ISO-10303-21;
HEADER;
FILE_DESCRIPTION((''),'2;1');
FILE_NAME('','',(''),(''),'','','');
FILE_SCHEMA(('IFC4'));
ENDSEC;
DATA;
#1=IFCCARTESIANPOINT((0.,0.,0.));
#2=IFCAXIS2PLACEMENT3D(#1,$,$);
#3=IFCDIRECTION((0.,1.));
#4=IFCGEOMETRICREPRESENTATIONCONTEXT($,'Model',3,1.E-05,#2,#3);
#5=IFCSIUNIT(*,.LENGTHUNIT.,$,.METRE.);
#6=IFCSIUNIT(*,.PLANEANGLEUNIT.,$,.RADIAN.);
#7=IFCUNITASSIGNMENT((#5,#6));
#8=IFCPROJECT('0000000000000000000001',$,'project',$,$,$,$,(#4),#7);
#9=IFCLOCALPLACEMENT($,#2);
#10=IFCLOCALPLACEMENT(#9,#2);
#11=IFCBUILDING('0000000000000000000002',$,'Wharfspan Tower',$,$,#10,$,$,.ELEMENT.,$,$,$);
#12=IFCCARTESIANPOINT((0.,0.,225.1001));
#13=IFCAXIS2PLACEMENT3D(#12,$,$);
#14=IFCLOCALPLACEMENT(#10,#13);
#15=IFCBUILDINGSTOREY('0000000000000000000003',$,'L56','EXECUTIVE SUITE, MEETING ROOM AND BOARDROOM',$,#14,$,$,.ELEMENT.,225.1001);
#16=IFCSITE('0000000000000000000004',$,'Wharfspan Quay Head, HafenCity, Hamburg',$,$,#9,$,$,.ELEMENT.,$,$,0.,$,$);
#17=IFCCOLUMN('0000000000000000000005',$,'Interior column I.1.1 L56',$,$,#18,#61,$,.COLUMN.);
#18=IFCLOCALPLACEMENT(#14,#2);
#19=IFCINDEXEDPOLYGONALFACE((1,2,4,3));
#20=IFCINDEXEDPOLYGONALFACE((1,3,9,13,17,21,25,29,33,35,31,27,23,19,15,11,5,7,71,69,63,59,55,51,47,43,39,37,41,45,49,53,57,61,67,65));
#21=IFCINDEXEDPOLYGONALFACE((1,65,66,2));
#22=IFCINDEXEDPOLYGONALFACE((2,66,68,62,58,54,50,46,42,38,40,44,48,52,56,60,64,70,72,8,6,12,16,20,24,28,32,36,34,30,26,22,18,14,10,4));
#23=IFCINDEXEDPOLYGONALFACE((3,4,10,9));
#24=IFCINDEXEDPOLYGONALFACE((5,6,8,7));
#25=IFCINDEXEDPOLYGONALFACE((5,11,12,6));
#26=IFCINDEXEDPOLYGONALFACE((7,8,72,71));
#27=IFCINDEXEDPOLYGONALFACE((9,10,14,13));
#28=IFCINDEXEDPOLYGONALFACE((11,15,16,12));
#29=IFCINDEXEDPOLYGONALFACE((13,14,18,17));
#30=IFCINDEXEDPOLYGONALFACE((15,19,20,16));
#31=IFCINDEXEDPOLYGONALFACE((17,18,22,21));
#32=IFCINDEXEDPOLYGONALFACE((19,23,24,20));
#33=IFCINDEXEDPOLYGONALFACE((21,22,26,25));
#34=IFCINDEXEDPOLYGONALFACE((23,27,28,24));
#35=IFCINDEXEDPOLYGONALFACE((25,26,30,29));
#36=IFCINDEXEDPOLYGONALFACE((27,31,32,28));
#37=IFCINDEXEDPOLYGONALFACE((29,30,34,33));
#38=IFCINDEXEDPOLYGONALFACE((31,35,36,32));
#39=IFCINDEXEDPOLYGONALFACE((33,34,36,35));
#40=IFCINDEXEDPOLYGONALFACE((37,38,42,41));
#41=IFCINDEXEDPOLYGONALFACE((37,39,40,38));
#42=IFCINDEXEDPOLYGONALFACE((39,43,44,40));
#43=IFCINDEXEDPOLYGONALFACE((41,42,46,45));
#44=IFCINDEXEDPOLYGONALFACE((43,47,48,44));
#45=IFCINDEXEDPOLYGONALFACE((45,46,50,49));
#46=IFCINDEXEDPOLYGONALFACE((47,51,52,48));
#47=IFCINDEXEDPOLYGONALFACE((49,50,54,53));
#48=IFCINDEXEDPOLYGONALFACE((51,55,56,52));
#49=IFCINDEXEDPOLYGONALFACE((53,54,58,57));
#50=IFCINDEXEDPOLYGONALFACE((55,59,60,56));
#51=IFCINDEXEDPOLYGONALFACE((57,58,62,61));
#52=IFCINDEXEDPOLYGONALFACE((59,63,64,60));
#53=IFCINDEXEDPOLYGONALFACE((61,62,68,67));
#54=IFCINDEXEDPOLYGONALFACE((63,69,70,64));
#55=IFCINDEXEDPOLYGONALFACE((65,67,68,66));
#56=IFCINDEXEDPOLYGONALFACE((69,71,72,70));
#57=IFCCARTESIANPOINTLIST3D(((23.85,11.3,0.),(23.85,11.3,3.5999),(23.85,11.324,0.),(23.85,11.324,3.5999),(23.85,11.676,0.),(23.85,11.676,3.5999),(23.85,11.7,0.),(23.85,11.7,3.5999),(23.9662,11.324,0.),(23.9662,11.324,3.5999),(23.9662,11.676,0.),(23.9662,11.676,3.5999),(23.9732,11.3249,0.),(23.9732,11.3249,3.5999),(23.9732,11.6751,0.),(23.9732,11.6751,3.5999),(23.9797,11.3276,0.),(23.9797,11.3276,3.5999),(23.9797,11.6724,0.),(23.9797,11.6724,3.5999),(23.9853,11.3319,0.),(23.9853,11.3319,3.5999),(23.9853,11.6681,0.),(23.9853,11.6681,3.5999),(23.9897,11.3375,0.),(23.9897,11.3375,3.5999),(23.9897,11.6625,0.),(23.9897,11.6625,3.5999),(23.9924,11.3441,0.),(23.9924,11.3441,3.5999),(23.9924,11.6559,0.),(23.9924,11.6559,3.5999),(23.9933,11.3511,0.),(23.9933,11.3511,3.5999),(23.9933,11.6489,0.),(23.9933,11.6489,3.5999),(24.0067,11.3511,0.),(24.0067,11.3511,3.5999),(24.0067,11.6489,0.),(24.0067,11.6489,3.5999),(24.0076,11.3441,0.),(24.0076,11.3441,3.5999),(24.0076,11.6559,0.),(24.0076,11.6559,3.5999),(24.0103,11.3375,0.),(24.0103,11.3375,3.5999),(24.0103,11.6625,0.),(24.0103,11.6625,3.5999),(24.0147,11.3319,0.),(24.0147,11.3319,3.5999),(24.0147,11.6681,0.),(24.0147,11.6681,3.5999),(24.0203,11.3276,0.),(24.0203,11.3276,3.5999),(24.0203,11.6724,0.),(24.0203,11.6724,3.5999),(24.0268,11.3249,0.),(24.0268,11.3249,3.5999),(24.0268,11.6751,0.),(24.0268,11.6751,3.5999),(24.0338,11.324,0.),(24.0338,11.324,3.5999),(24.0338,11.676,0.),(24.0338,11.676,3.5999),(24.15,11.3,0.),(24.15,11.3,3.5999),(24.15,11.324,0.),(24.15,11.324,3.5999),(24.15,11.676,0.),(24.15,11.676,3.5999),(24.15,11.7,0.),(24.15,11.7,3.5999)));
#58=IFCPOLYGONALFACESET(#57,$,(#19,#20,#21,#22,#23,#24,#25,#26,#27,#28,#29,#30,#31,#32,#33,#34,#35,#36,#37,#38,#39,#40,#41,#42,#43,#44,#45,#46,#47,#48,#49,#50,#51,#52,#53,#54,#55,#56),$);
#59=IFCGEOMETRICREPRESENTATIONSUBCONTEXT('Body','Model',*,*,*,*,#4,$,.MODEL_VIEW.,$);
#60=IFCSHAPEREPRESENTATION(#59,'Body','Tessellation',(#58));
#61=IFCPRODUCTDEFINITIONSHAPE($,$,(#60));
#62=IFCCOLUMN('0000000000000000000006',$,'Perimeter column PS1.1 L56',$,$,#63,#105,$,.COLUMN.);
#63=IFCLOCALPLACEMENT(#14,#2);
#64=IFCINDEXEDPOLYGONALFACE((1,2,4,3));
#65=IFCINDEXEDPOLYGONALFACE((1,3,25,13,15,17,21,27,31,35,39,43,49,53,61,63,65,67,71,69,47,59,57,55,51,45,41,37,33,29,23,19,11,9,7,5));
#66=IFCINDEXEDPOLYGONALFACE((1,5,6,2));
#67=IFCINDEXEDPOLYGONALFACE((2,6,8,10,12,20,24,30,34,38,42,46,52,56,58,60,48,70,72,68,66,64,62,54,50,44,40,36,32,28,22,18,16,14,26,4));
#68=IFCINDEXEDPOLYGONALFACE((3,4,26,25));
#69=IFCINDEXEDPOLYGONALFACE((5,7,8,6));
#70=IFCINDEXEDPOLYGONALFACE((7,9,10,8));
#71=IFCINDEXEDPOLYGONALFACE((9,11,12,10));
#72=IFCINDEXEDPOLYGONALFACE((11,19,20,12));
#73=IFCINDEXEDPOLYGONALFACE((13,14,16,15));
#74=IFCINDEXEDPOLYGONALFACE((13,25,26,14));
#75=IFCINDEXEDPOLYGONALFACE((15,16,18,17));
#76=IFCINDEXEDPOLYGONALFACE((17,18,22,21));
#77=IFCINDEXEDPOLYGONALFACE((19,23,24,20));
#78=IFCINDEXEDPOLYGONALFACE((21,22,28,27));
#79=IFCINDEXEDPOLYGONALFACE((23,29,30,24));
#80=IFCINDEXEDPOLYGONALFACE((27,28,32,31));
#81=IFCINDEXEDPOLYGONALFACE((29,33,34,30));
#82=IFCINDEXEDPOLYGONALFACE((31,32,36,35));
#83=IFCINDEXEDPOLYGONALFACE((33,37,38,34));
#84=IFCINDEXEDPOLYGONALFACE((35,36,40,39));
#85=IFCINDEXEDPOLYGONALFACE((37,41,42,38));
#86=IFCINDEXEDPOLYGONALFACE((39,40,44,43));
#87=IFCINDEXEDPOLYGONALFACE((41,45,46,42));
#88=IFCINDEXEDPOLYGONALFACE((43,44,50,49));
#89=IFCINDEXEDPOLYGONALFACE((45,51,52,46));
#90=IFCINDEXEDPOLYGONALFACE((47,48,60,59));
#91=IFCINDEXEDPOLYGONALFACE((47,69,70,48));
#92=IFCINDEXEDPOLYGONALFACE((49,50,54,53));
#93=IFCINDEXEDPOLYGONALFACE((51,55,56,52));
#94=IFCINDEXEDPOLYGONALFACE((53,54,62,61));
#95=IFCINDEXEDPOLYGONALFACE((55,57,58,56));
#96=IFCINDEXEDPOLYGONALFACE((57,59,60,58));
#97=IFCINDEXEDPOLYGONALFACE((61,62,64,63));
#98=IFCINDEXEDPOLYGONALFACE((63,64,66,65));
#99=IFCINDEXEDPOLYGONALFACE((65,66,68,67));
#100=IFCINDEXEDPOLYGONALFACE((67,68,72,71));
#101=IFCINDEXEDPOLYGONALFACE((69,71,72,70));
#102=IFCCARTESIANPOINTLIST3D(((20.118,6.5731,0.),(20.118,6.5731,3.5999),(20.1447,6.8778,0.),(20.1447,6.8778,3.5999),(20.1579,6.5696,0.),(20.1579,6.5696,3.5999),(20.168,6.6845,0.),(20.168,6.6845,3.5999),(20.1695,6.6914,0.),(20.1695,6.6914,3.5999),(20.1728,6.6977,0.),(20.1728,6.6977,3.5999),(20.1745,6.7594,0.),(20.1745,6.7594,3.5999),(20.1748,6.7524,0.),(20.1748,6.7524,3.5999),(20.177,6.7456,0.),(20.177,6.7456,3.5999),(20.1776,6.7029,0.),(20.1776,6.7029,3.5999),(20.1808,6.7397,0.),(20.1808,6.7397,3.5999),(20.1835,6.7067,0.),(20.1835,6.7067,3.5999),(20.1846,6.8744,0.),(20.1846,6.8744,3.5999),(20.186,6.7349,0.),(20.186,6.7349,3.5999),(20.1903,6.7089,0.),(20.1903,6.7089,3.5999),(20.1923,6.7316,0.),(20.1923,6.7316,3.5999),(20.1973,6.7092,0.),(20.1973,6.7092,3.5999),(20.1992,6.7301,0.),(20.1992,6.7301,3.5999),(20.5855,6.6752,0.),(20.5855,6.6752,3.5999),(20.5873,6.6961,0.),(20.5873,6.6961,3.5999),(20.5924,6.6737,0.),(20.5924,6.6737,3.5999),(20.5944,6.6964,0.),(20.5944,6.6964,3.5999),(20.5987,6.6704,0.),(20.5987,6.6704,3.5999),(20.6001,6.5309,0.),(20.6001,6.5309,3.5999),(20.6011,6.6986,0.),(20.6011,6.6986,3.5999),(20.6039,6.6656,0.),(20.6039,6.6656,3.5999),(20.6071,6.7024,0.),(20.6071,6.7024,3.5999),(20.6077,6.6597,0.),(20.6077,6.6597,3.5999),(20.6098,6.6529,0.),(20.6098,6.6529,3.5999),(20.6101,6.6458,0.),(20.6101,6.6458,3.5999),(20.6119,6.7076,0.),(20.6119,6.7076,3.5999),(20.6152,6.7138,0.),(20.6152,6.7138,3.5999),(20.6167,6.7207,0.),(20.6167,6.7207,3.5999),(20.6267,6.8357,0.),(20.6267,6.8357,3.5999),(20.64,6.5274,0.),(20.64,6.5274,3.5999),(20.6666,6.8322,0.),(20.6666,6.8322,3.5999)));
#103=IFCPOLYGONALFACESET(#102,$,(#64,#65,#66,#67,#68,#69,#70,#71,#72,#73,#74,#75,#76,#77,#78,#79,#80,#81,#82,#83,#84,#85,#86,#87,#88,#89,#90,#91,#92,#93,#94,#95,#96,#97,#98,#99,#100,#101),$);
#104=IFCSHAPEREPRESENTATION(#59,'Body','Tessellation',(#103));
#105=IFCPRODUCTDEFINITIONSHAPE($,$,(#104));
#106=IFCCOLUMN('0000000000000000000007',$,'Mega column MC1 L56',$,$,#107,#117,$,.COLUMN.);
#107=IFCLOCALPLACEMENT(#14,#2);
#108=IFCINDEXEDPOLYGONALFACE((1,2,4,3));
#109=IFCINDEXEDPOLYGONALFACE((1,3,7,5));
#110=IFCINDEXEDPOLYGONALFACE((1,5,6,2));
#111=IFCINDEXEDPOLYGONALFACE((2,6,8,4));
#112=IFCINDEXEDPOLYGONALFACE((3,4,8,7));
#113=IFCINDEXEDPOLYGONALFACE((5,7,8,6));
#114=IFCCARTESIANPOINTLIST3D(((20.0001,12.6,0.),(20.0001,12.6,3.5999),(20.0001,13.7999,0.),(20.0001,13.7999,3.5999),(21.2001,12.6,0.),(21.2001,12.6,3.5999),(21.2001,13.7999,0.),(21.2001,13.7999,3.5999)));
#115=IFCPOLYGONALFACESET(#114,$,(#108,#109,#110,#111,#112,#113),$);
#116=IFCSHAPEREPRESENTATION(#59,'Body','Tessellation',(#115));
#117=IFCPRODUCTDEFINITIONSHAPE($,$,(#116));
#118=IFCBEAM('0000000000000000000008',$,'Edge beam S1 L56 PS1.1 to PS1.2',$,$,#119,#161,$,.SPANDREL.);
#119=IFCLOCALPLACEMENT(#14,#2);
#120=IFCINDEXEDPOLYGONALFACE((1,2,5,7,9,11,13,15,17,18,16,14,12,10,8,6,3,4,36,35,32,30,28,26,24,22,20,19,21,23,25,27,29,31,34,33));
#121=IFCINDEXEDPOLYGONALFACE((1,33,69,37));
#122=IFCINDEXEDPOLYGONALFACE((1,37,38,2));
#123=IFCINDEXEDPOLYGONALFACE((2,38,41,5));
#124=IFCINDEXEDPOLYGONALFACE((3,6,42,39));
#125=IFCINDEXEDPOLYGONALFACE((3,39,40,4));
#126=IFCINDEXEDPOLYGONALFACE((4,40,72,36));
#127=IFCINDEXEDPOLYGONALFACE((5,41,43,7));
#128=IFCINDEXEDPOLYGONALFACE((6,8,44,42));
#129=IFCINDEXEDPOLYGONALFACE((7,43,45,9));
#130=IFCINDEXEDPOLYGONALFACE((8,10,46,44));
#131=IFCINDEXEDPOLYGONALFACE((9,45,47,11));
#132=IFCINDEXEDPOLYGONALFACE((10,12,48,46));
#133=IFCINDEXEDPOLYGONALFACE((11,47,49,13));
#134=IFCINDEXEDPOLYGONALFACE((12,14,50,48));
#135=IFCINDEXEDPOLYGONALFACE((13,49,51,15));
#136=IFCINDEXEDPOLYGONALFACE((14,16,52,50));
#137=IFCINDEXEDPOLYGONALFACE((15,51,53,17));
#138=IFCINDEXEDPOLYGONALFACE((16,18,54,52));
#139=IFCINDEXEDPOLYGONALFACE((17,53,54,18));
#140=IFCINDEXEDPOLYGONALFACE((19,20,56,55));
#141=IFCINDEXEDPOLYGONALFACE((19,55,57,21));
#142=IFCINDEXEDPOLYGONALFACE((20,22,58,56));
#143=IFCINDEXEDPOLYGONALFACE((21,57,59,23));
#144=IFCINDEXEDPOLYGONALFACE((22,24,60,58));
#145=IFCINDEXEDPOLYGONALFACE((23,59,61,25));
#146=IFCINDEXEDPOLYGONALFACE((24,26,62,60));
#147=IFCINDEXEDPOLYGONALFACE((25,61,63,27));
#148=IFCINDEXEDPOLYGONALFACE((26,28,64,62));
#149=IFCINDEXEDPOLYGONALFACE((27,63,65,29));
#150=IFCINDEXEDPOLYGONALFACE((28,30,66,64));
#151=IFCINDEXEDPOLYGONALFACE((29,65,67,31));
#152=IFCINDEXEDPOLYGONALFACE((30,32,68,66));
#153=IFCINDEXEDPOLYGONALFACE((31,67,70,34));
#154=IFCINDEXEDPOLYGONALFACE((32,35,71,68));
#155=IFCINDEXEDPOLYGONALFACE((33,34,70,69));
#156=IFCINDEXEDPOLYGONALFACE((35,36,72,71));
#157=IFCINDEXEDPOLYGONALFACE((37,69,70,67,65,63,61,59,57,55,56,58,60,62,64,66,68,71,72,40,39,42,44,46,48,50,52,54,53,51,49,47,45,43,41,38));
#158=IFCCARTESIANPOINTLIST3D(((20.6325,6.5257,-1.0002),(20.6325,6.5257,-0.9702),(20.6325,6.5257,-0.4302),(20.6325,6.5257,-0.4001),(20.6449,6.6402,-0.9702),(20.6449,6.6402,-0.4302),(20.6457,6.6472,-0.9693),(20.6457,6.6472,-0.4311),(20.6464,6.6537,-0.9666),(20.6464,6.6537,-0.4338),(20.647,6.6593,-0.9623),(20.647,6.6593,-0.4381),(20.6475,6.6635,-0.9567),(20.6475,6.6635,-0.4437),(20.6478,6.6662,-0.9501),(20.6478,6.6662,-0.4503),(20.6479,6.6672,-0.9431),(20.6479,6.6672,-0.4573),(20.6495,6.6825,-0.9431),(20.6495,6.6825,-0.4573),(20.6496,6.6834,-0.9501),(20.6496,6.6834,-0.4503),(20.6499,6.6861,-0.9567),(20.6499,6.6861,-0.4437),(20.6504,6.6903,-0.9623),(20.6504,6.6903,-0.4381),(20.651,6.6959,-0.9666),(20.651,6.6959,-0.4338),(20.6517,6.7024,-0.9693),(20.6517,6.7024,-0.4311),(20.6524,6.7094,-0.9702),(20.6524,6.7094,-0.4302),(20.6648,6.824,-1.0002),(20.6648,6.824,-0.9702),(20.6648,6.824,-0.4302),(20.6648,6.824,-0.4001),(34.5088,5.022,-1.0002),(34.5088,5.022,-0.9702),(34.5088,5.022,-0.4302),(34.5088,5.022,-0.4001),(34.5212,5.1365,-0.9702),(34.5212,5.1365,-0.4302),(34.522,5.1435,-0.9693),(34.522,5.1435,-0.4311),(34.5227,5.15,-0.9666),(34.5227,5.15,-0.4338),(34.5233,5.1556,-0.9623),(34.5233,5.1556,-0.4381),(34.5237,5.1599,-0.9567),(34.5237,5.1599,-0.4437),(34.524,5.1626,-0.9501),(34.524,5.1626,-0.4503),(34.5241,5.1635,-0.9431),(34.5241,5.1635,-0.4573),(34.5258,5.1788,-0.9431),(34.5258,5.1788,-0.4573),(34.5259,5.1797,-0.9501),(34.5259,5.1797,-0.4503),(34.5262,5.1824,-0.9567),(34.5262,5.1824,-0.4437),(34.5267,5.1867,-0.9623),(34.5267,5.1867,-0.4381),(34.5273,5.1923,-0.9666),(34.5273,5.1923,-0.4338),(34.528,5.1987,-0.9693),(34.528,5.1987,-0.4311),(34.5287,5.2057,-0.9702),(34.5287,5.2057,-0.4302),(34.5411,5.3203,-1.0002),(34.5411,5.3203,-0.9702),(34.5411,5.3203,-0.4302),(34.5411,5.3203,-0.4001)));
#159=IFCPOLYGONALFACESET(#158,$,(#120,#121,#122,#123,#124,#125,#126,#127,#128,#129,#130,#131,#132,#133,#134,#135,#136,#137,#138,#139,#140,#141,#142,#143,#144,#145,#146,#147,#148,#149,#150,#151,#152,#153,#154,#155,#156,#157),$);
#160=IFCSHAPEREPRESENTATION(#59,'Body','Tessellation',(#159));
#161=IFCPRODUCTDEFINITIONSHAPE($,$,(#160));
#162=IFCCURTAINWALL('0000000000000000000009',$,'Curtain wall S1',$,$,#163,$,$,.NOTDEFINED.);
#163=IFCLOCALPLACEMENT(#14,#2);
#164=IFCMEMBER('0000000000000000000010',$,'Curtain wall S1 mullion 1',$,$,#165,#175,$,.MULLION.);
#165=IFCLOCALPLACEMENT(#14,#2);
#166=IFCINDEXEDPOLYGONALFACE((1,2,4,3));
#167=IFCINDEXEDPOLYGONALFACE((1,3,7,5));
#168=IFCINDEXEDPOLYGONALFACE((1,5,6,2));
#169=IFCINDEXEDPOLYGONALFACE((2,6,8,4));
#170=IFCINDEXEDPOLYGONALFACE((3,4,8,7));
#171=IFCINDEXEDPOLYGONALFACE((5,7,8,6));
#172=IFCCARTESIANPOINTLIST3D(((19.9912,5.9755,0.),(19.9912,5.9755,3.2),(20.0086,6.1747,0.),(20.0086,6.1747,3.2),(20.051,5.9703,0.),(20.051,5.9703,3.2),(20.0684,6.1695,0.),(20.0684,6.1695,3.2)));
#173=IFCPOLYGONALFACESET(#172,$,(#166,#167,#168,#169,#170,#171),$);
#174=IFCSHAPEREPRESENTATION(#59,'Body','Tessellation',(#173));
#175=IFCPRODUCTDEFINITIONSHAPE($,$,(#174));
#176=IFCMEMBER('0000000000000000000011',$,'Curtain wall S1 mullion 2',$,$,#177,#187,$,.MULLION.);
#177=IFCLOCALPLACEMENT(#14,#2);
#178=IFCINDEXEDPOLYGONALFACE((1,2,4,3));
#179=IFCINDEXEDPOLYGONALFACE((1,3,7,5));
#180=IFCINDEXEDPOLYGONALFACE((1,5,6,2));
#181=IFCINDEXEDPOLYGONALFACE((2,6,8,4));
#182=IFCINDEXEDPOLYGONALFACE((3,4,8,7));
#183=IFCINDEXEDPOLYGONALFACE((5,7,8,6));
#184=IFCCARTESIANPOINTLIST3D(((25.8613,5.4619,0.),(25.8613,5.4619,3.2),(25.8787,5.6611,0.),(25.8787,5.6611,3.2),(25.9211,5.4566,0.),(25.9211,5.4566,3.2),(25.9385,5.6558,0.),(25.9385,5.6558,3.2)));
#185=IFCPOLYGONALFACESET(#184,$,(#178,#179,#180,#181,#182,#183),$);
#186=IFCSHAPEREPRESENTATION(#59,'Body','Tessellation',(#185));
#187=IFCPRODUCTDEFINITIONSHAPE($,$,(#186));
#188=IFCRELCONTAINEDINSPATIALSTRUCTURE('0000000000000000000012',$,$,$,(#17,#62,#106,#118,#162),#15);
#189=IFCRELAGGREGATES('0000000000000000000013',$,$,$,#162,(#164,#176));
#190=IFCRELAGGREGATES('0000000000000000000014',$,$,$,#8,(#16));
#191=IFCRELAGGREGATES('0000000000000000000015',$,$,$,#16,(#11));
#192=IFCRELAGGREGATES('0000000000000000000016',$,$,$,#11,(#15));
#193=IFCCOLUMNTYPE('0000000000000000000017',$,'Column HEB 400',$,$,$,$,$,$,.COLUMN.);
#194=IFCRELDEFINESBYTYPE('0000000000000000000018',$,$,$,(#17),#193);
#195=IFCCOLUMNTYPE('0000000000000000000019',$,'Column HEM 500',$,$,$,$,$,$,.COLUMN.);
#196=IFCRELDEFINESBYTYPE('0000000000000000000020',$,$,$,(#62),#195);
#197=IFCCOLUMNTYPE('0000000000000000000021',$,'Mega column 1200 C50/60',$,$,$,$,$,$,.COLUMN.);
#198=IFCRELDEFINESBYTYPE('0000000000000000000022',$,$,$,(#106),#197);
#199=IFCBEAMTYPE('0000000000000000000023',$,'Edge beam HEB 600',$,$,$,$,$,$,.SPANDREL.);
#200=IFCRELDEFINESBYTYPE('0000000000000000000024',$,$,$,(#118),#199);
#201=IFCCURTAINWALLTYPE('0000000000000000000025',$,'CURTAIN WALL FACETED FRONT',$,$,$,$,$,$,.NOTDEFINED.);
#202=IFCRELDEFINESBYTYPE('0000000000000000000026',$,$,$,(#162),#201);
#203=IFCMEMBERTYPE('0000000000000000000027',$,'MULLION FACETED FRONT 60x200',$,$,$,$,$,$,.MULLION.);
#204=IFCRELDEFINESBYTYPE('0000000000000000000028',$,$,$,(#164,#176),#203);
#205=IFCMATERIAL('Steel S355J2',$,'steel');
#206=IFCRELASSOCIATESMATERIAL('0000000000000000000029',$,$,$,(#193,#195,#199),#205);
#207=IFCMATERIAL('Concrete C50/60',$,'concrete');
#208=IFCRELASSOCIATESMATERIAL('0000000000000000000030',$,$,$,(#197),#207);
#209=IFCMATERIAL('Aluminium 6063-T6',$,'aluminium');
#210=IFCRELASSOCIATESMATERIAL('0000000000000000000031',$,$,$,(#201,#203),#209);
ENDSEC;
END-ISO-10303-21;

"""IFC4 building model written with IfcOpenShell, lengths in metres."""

from ifc_helpers import new_model, si_unit, direction, frame, origin, origin_2d, place, context, subcontext, project, spatial, rectangle, i_section, extrude, material, material_profile, profile_set, type_object, element, aggregate, save


model = new_model("IFC4")

# Units and contexts
model_context = context("Model", 3, precision=1e-05, world=origin(), true_north=direction((0.0, 1.0)))
body_context = subcontext(model_context, "Body", "Model", "MODEL_VIEW")
ifc_project = project(units=[si_unit("LENGTHUNIT", "METRE"), si_unit("PLANEANGLEUNIT", "RADIAN")], contexts=[model_context])

# Site, building, storey
site_placement = place(None, origin())
site = spatial("IfcSite", under=ifc_project, at=site_placement, Name="Wharfspan Quay Head, HafenCity, Hamburg", CompositionType="ELEMENT", RefElevation=0.0)
building_placement = place(site_placement, origin())
building = spatial("IfcBuilding", under=site, at=building_placement, Name="Wharfspan Tower", CompositionType="ELEMENT")
storey_placement = place(building_placement, frame((0.0, 0.0, 225.1001)))
storey = spatial("IfcBuildingStorey", under=building, at=storey_placement, Name="L56", Description="EXECUTIVE SUITE, MEETING ROOM AND BOARDROOM", CompositionType="ELEMENT", Elevation=225.1001)

# Columns
ifc_material_1 = material(Name="Steel S355J2", Category="steel")
ifc_material_profile_1 = material_profile(ifc_material_1, i_section(OverallWidth=0.3, OverallDepth=0.3999, WebThickness=0.0134, FlangeThickness=0.0239, FilletRadius=0.0271, at=origin_2d()))
ifc_profile_set_1 = profile_set([ifc_material_profile_1], Name="Steel S355J2")
column_type_1 = type_object("IfcColumnType", Name="Column HEB 400", PredefinedType="COLUMN", material=ifc_profile_set_1)
column_1_placement = place(storey_placement, frame((24.0, 11.5, 0.0), z_axis=(0.0, 0.0, 1.0), x_axis=(1.0, 0.0, 0.0)))
element("IfcColumn", 1, at=column_1_placement, inside=storey, type_object=column_type_1, Name="Interior column I.1.1 L56", PredefinedType="COLUMN", context=body_context, shape_type="SweptSolid", body=[
    extrude(i_section(OverallWidth=0.3, OverallDepth=0.3999, WebThickness=0.0134, FlangeThickness=0.0239, FilletRadius=0.0271, at=origin_2d()), origin(), (0.0, 0.0, 1.0), 3.5999),
])
ifc_material_profile_2 = material_profile(ifc_material_1, i_section(OverallWidth=0.3059, OverallDepth=0.5239, WebThickness=0.021, FlangeThickness=0.04, FilletRadius=0.0271, at=origin_2d()))
ifc_profile_set_2 = profile_set([ifc_material_profile_2], Name="Steel S355J2")
column_type_2 = type_object("IfcColumnType", Name="Column HEM 500", PredefinedType="COLUMN", material=ifc_profile_set_2)
column_2_placement = place(storey_placement, frame((20.3923, 6.7026, 0.0), z_axis=(0.0, 0.0, 1.0), x_axis=(-0.087156, -0.996197, 0.0)))
element("IfcColumn", 2, at=column_2_placement, inside=storey, type_object=column_type_2, Name="Perimeter column PS1.1 L56", PredefinedType="COLUMN", context=body_context, shape_type="SweptSolid", body=[
    extrude(i_section(OverallWidth=0.3059, OverallDepth=0.5239, WebThickness=0.021, FlangeThickness=0.04, FilletRadius=0.0271, at=origin_2d()), origin(), (0.0, 0.0, 1.0), 3.5999),
])
ifc_material_2 = material(Name="Concrete C50/60", Category="concrete")
ifc_material_profile_3 = material_profile(ifc_material_2, rectangle(XDim=1.2, YDim=1.2, at=origin_2d()))
ifc_profile_set_3 = profile_set([ifc_material_profile_3], Name="Concrete C50/60")
column_type_3 = type_object("IfcColumnType", Name="Mega column 1200 C50/60", PredefinedType="COLUMN", material=ifc_profile_set_3)
column_3_placement = place(storey_placement, frame((20.6001, 13.2, 0.0), z_axis=(0.0, 0.0, 1.0), x_axis=(1.0, 0.0, 0.0)))
element("IfcColumn", 3, at=column_3_placement, inside=storey, type_object=column_type_3, Name="Mega column MC1 L56", PredefinedType="COLUMN", context=body_context, shape_type="SweptSolid", body=[
    extrude(rectangle(XDim=1.2, YDim=1.2, at=origin_2d()), origin(), (0.0, 0.0, 1.0), 3.5999),
])

# Beam
ifc_material_profile_4 = material_profile(ifc_material_1, i_section(OverallWidth=0.3, OverallDepth=0.6001, WebThickness=0.0154, FlangeThickness=0.03, FilletRadius=0.0271, at=origin_2d()))
ifc_profile_set_4 = profile_set([ifc_material_profile_4], Name="Steel S355J2")
beam_type = type_object("IfcBeamType", Name="Edge beam HEB 600", PredefinedType="SPANDREL", material=ifc_profile_set_4)
beam_placement = place(storey_placement, frame((20.6487, 6.6748, -0.7002), z_axis=(0.99418, -0.107732, 0.0), x_axis=(0.107732, 0.99418, 0.0)))
element("IfcBeam", 4, at=beam_placement, inside=storey, type_object=beam_type, Name="Edge beam S1 L56 PS1.1 to PS1.2", PredefinedType="SPANDREL", context=body_context, shape_type="SweptSolid", body=[
    extrude(i_section(OverallWidth=0.3, OverallDepth=0.6001, WebThickness=0.0154, FlangeThickness=0.03, FilletRadius=0.0271, at=origin_2d()), origin(), (0.0, 0.0, 1.0), 13.9575),
])

# Curtain wall, members
ifc_material_3 = material(Name="Aluminium 6063-T6", Category="aluminium")
curtain_wall_type_1 = type_object("IfcCurtainWallType", Name="CURTAIN WALL FACETED FRONT", PredefinedType="NOTDEFINED", material=ifc_material_3)
curtain_wall_1_placement = place(storey_placement, origin())
curtain_wall_1 = element("IfcCurtainWall", 5, at=curtain_wall_1_placement, inside=storey, type_object=curtain_wall_type_1, Name="Curtain wall S1", PredefinedType="NOTDEFINED")
ifc_material_profile_5 = material_profile(ifc_material_3, rectangle(XDim=0.2, YDim=0.0601, at=origin_2d()))
ifc_profile_set_5 = profile_set([ifc_material_profile_5], Name="Aluminium 6063-T6")
member_type_1 = type_object("IfcMemberType", Name="MULLION FACETED FRONT 60x200", PredefinedType="MULLION", material=ifc_profile_set_5)
member_1_placement = place(storey_placement, frame((20.0298, 6.0725, 0.0), z_axis=(0.0, 0.0, 1.0), x_axis=(0.087156, 0.996197, 0.0)))
member_1 = element("IfcMember", 6, at=member_1_placement, type_object=member_type_1, Name="Curtain wall S1 mullion 1", PredefinedType="MULLION", context=body_context, shape_type="SweptSolid", body=[
    extrude(rectangle(XDim=0.2, YDim=0.0601, at=origin_2d()), origin(), (0.0, 0.0, 1.0), 3.2),
])
member_2_placement = place(storey_placement, frame((25.8999, 5.5588, 0.0), z_axis=(0.0, 0.0, 1.0), x_axis=(0.087156, 0.996197, 0.0)))
member_2 = element("IfcMember", 7, at=member_2_placement, type_object=member_type_1, Name="Curtain wall S1 mullion 2", PredefinedType="MULLION", context=body_context, shape_type="SweptSolid", body=[
    extrude(rectangle(XDim=0.2, YDim=0.0601, at=origin_2d()), origin(), (0.0, 0.0, 1.0), 3.2),
])

aggregate(curtain_wall_1, [member_1, member_2])

save(model, "model.ifc")
